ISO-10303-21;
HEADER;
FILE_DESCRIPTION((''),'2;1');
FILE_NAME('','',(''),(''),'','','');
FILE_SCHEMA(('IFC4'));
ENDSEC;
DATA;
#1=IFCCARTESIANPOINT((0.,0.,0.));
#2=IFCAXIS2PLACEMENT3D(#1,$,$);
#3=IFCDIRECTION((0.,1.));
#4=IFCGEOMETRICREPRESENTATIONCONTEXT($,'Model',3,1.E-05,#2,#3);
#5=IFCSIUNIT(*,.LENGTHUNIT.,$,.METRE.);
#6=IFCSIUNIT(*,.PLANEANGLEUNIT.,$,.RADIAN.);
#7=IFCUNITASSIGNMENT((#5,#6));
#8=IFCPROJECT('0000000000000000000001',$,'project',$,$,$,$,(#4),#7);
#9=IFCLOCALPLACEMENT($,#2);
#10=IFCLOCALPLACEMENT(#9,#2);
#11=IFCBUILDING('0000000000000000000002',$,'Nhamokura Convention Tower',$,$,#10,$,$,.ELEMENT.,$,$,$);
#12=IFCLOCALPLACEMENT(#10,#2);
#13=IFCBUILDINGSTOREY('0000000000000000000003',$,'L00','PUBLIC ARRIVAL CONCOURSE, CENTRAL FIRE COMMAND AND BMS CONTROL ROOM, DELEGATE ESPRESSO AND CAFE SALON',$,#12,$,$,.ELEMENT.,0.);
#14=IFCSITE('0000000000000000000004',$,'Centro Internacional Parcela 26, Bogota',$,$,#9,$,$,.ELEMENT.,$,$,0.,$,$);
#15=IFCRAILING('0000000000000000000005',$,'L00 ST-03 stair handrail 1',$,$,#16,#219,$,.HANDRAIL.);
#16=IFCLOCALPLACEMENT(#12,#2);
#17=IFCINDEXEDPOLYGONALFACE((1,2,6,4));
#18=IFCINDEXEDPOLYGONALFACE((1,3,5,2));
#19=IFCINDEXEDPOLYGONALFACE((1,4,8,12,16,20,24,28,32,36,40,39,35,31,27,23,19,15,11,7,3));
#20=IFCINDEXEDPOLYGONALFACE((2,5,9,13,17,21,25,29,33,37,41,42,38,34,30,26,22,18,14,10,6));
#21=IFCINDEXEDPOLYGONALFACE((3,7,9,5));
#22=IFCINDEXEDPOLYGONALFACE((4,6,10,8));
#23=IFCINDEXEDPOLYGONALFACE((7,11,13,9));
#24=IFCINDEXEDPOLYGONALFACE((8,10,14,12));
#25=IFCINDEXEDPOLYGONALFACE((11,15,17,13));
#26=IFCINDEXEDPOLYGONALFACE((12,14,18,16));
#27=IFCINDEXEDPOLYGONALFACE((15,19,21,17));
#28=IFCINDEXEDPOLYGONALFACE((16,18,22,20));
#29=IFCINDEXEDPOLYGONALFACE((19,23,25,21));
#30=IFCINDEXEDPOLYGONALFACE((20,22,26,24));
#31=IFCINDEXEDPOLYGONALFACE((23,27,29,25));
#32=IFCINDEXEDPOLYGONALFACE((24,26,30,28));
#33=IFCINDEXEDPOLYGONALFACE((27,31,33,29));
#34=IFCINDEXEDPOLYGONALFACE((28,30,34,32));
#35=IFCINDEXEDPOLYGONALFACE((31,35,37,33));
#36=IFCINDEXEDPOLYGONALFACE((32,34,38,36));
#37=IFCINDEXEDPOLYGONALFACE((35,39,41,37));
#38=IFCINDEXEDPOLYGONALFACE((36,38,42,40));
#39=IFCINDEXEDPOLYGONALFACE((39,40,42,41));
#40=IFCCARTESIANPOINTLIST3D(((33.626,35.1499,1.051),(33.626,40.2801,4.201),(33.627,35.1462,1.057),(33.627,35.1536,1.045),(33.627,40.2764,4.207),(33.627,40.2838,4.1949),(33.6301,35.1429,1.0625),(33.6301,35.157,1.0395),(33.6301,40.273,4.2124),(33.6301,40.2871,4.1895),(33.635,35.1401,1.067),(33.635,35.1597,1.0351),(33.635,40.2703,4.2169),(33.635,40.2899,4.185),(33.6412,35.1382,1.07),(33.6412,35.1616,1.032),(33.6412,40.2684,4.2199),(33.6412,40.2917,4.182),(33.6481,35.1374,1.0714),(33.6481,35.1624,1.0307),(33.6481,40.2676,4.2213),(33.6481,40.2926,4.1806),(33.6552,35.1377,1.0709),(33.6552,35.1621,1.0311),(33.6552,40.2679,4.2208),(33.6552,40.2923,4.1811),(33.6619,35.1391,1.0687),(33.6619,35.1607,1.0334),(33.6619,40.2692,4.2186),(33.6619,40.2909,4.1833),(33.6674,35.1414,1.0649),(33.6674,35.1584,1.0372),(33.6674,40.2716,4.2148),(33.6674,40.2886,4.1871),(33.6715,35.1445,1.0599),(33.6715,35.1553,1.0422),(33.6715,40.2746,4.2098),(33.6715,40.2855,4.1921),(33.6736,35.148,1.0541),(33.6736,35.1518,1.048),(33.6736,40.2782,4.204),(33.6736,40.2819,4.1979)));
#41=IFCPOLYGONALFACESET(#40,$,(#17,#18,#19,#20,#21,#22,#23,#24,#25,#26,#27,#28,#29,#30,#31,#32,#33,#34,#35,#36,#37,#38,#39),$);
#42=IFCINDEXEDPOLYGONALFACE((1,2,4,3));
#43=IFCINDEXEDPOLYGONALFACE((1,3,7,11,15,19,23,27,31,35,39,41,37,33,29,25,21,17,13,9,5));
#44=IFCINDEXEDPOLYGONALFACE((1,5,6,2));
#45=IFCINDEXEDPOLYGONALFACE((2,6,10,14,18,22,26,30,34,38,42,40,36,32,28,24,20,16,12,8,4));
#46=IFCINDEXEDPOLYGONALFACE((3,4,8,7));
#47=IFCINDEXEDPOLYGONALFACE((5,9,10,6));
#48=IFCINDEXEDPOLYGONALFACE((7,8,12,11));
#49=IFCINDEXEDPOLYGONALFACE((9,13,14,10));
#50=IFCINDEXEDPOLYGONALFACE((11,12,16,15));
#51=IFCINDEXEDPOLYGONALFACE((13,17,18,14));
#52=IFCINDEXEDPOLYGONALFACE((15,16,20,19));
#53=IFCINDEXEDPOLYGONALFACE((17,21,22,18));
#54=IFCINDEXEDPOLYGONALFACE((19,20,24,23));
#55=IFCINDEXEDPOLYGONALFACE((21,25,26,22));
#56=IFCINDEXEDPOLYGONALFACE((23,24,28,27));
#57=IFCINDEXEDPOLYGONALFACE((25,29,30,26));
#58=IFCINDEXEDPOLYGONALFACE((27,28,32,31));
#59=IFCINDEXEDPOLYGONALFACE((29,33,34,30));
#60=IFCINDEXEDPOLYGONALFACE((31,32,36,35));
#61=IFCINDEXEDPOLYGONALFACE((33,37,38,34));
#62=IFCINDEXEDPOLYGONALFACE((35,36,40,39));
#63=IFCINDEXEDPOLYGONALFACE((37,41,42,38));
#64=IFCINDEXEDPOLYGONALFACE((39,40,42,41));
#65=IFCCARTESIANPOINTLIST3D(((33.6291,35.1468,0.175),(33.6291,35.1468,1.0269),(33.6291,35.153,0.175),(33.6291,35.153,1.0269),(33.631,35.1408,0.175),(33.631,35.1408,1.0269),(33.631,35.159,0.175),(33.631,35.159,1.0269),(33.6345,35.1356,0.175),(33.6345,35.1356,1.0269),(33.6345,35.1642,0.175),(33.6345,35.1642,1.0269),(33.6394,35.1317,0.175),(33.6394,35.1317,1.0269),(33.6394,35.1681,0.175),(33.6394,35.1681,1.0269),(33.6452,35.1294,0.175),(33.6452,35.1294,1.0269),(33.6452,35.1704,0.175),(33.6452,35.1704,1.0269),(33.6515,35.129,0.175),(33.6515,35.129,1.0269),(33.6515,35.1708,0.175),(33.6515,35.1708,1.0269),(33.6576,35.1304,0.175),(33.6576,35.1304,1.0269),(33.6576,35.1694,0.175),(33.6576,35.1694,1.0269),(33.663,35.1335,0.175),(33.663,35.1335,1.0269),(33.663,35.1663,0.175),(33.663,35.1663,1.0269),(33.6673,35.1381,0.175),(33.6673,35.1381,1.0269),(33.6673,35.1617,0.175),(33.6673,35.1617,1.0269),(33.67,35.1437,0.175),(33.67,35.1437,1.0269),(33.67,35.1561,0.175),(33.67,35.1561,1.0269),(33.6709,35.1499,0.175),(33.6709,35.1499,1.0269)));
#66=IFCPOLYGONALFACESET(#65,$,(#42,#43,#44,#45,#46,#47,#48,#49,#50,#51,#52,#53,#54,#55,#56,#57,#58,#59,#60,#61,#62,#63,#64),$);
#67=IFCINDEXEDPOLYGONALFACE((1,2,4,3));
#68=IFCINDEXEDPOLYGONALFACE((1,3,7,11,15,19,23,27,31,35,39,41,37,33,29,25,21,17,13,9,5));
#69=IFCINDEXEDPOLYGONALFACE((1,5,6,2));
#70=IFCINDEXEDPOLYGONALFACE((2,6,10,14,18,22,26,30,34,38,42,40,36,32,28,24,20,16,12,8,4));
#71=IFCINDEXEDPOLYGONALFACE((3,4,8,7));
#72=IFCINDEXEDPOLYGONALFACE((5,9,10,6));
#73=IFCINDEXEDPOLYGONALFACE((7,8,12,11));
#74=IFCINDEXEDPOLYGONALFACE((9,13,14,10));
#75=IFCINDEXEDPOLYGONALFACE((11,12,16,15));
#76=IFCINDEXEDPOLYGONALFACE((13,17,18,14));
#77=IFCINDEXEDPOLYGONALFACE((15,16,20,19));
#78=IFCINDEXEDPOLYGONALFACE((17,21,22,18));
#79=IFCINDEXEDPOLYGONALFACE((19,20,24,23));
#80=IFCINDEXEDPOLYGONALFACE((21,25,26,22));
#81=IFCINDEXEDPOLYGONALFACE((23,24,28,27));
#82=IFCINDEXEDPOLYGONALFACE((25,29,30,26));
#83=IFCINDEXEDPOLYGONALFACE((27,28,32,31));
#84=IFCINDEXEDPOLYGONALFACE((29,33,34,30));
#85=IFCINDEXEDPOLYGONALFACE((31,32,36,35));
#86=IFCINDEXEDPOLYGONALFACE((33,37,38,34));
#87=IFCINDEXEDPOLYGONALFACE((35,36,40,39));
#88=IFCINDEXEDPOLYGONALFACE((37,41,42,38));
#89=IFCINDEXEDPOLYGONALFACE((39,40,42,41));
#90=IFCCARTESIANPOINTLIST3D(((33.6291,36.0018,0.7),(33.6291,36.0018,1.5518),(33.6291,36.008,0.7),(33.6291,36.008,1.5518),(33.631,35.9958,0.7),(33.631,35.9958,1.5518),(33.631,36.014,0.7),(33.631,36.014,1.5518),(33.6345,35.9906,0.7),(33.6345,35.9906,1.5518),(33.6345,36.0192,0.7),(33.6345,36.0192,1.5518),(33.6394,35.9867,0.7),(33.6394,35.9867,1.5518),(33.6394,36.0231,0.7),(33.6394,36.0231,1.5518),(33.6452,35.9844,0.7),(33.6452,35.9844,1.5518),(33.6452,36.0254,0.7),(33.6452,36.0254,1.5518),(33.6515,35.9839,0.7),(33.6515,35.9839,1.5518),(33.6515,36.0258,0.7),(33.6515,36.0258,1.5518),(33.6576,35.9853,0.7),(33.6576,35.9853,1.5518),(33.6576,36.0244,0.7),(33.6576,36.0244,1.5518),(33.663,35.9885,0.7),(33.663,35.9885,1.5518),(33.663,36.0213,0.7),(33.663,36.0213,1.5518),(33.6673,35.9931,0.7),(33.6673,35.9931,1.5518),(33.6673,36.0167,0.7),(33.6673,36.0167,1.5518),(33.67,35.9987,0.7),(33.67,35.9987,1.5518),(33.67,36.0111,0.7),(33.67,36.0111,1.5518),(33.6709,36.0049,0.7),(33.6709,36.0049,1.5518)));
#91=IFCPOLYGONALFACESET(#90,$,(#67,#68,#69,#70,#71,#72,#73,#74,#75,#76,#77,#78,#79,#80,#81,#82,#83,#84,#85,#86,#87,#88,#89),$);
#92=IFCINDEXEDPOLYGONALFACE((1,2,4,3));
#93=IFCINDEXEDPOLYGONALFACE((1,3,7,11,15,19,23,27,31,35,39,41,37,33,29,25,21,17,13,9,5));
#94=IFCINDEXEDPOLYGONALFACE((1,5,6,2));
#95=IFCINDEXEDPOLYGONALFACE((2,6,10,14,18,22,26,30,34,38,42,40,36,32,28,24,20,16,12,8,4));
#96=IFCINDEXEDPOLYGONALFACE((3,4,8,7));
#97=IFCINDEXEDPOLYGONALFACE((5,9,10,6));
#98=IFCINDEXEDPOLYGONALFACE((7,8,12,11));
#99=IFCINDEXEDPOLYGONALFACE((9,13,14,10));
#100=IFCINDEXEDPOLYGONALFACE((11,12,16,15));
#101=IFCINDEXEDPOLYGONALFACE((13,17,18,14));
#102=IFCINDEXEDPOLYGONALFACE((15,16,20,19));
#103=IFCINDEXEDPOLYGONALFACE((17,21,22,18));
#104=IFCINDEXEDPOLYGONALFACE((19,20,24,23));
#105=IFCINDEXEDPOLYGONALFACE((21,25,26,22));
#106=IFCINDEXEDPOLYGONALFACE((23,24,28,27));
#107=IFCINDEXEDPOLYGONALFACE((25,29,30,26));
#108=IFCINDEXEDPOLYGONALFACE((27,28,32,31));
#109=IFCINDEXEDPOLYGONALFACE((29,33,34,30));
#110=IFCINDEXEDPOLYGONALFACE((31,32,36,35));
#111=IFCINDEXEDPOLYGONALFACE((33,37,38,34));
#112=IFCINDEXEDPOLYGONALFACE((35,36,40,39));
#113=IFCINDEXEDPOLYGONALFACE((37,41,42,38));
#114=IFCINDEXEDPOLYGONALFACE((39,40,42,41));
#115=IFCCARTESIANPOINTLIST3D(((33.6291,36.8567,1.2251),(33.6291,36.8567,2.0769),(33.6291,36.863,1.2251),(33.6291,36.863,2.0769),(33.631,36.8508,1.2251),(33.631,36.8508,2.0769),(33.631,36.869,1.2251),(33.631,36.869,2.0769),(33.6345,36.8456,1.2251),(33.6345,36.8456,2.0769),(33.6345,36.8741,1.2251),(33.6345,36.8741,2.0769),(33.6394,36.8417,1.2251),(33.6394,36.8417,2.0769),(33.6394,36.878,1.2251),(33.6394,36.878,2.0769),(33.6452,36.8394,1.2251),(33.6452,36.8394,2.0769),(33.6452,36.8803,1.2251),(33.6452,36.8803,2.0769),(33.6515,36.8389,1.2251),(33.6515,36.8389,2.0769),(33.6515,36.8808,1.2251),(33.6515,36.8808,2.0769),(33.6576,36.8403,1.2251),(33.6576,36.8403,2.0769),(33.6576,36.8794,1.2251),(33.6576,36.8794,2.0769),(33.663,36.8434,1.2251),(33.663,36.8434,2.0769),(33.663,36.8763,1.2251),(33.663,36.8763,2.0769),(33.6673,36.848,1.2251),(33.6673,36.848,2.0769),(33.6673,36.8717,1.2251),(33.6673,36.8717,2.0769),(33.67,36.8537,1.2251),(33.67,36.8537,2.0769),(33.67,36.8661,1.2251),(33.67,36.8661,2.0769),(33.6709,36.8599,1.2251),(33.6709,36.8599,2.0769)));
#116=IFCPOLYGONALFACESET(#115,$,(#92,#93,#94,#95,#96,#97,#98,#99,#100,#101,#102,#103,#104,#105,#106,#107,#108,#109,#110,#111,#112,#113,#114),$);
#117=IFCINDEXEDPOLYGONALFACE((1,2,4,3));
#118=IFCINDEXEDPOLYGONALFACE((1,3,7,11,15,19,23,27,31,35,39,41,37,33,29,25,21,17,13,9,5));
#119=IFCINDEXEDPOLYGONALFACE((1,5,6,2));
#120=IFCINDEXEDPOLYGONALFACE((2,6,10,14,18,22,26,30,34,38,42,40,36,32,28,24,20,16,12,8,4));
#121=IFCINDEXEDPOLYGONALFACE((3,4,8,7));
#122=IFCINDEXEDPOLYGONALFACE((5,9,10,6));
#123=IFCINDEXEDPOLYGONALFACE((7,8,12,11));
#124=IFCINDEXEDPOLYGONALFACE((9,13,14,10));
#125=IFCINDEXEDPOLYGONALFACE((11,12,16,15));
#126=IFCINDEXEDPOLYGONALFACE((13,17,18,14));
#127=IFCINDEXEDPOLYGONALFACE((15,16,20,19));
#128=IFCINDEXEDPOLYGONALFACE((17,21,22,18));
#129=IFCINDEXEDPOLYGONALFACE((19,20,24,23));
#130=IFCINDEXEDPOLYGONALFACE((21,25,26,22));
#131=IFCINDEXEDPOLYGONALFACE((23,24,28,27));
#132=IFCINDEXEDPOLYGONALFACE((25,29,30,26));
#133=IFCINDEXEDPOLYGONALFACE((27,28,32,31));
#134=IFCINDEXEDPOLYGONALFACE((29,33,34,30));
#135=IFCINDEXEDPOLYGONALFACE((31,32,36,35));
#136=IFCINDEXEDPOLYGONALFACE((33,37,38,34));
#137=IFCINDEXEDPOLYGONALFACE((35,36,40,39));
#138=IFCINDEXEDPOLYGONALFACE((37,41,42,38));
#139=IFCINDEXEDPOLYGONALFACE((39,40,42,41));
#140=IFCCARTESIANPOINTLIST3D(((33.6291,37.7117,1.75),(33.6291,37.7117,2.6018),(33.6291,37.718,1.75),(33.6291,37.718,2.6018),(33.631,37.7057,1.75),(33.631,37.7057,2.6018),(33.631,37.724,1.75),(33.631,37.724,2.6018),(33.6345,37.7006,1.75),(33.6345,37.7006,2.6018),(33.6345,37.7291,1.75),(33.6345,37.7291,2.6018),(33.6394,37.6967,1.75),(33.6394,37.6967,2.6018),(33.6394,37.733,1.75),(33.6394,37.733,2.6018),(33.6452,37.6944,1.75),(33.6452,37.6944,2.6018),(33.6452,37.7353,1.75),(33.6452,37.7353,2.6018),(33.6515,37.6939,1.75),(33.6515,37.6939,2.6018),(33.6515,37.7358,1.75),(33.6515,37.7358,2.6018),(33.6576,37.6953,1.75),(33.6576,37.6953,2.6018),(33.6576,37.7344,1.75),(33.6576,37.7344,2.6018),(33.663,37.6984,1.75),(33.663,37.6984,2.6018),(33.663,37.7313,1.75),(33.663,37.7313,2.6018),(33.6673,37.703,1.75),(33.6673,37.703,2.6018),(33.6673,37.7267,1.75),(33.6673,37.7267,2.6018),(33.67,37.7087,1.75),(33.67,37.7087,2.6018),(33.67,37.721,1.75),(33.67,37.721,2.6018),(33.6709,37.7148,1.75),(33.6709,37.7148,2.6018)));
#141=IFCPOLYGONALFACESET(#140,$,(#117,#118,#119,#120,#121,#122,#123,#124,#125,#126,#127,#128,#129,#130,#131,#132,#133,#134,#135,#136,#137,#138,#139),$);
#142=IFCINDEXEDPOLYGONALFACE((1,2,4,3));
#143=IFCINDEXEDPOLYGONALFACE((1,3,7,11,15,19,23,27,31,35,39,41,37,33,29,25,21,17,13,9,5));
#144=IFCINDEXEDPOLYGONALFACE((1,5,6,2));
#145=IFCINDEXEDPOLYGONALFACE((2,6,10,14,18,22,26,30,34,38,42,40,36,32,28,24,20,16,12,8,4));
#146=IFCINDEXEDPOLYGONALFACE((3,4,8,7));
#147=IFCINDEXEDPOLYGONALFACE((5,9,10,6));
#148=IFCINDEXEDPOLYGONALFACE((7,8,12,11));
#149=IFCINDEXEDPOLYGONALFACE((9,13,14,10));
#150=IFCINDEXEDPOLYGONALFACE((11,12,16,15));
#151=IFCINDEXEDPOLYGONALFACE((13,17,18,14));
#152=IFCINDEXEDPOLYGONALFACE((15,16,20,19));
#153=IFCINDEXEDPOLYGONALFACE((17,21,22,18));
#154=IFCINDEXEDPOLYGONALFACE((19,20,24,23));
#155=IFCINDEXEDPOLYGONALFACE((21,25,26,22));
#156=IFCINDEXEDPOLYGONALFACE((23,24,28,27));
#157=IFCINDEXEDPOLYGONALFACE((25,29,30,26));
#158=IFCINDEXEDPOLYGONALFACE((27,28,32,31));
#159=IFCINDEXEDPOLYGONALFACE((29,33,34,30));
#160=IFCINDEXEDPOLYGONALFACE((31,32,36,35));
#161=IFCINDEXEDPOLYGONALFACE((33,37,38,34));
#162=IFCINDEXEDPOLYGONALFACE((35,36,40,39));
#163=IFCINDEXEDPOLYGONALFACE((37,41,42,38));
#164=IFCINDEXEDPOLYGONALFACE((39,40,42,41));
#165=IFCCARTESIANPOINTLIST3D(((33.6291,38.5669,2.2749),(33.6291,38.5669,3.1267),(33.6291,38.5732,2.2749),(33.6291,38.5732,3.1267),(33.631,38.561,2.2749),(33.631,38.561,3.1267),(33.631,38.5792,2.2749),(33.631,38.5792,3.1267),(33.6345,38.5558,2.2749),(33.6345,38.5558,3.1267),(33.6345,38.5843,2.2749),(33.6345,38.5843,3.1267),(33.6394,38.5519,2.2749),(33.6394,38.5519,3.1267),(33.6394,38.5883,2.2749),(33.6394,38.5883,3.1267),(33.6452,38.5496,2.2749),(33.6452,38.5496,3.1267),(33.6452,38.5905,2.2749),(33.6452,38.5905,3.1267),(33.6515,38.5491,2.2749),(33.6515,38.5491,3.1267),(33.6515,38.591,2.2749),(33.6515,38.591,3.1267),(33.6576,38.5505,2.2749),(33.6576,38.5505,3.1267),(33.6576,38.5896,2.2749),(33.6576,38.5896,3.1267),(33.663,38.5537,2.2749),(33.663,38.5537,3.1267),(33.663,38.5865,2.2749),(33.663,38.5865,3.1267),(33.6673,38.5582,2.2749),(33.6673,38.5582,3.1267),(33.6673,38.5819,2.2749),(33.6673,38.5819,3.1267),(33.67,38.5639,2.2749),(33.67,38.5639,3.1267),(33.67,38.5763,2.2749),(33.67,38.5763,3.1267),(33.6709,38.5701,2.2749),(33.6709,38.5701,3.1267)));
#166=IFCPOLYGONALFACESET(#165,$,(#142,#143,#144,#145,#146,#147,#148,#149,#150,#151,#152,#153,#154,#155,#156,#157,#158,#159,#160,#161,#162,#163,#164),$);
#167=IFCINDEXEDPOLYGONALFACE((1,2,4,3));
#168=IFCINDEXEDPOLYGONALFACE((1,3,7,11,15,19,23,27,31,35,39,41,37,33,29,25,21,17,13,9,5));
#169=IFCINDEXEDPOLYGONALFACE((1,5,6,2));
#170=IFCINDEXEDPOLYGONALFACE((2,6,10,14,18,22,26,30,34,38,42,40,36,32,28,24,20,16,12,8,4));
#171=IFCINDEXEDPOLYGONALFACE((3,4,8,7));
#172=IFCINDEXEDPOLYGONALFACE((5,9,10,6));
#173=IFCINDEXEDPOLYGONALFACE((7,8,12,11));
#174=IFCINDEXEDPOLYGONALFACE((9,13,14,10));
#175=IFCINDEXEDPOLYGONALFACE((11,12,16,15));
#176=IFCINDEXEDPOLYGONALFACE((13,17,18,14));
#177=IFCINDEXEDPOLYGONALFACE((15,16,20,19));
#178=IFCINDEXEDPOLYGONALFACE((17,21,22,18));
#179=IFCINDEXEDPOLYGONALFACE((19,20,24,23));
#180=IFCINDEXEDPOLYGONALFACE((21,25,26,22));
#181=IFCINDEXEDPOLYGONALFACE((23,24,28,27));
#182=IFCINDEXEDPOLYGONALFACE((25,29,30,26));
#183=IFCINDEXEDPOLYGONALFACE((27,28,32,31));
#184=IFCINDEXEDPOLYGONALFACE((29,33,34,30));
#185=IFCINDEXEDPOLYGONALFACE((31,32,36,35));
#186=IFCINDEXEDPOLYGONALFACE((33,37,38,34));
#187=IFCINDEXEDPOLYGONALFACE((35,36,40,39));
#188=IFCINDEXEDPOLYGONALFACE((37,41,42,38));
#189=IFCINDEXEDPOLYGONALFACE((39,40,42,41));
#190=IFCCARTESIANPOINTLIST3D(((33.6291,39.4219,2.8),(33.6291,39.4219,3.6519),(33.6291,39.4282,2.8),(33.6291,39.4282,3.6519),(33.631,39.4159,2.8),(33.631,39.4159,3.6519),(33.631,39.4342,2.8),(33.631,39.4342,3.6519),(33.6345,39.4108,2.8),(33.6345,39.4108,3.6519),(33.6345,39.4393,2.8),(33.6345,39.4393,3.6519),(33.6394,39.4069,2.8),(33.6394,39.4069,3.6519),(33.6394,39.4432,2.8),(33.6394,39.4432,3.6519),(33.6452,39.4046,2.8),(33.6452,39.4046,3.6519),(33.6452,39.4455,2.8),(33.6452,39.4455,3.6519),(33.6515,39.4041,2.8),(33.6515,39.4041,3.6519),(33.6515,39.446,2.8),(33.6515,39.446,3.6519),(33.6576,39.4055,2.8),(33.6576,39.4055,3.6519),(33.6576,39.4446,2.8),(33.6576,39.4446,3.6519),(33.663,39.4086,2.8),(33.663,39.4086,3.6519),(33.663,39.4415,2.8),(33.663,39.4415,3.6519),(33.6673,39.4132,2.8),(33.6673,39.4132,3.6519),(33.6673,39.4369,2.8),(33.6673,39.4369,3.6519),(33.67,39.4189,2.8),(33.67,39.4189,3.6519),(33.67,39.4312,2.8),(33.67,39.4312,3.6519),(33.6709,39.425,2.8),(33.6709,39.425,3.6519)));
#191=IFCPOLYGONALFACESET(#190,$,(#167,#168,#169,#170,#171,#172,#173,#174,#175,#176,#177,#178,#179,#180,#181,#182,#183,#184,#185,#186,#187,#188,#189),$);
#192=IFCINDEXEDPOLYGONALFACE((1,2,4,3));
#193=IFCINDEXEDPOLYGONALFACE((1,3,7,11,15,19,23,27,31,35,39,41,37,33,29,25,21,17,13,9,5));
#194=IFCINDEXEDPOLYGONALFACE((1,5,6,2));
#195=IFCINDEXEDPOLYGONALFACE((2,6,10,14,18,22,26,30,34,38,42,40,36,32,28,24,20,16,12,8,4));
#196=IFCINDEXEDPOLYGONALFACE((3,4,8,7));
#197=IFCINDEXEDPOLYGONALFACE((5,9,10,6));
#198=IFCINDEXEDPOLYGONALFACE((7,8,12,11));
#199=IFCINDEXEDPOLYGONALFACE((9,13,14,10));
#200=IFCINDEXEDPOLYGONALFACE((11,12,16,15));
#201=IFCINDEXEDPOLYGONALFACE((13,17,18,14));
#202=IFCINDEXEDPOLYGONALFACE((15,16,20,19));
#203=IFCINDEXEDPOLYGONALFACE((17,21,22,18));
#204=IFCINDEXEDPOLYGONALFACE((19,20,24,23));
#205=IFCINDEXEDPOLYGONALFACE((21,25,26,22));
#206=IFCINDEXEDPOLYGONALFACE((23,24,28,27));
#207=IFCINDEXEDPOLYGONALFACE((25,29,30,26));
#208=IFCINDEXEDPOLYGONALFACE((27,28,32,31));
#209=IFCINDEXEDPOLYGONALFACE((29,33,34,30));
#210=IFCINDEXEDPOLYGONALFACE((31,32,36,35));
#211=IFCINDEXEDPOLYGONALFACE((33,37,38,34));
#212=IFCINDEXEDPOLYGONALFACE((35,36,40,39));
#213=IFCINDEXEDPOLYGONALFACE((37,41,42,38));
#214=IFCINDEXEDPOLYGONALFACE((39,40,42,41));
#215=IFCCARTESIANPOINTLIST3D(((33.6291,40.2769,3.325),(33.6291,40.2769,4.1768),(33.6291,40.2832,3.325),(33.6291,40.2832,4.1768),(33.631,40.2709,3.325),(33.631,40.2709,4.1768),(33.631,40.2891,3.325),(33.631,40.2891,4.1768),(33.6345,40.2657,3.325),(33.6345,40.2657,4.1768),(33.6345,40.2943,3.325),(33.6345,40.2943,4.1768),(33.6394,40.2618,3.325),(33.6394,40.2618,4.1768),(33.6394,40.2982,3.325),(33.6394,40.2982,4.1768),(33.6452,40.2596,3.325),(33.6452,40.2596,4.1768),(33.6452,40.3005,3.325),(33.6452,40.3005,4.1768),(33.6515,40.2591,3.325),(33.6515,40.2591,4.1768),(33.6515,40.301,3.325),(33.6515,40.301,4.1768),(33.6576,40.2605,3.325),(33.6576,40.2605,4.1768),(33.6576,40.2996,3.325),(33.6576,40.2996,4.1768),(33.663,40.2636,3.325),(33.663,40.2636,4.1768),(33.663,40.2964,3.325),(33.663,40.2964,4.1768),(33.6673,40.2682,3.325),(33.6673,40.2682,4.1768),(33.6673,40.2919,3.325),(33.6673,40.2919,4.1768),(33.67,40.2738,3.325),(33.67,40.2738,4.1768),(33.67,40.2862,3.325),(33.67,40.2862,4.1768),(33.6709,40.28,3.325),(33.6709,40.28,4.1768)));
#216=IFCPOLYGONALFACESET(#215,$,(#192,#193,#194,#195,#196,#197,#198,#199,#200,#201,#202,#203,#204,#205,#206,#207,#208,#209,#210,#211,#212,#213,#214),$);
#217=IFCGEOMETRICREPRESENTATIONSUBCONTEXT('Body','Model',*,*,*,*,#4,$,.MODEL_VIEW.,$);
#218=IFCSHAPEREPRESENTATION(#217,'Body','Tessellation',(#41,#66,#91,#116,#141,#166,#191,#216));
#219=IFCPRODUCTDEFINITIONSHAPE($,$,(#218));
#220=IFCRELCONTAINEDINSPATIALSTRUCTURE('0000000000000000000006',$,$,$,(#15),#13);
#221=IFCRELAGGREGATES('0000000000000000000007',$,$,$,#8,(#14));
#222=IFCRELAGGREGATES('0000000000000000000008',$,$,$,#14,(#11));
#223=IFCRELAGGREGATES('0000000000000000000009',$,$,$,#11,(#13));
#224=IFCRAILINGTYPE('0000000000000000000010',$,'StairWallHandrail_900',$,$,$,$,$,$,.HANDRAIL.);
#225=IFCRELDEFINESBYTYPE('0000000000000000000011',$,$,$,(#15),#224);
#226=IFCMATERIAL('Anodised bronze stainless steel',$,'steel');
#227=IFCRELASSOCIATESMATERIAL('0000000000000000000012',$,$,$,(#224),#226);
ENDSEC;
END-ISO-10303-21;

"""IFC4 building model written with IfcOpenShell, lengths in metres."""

from ifc_helpers import new_model, si_unit, direction, frame, origin, origin_2d, place, context, subcontext, project, spatial, circle, extrude, material, type_object, element, save


model = new_model("IFC4")

# Units and contexts
model_context = context("Model", 3, precision=1e-05, world=origin(), true_north=direction((0.0, 1.0)))
body_context = subcontext(model_context, "Body", "Model", "MODEL_VIEW")
ifc_project = project(units=[si_unit("LENGTHUNIT", "METRE"), si_unit("PLANEANGLEUNIT", "RADIAN")], contexts=[model_context])

# Site, building, storey
site_placement = place(None, origin())
site = spatial("IfcSite", under=ifc_project, at=site_placement, Name="Centro Internacional Parcela 26, Bogota", CompositionType="ELEMENT", RefElevation=0.0)
building_placement = place(site_placement, origin())
building = spatial("IfcBuilding", under=site, at=building_placement, Name="Nhamokura Convention Tower", CompositionType="ELEMENT")
storey_placement = place(building_placement, origin())
storey = spatial("IfcBuildingStorey", under=building, at=storey_placement, Name="L00", Description="PUBLIC ARRIVAL CONCOURSE, CENTRAL FIRE COMMAND AND BMS CONTROL ROOM, DELEGATE ESPRESSO AND CAFE SALON", CompositionType="ELEMENT", Elevation=0.0)

# Railing
ifc_material_1 = material(Name="Anodised bronze stainless steel", Category="steel")
railing_type_1 = type_object("IfcRailingType", Name="StairWallHandrail_900", PredefinedType="HANDRAIL", material=ifc_material_1)
railing_1_placement = place(storey_placement, frame((33.6499, 35.1499, 0.175)))
element("IfcRailing", 1, at=railing_1_placement, inside=storey, type_object=railing_type_1, Name="L00 ST-03 stair handrail 1", PredefinedType="HANDRAIL", context=body_context, shape_type="SweptSolid", body=[
    extrude(circle(Radius=0.0239, at=origin_2d()), frame((0.0, 0.0, 0.876), z_axis=(0.0, 0.852184, 0.523242), x_axis=(-1.0, 0.0, 0.0)), (0.0, 0.0, 1.0), 6.02),
    extrude(circle(Radius=0.021, at=origin_2d()), origin(), (0.0, 0.0, 1.0), 0.8518),
    extrude(circle(Radius=0.021, at=origin_2d()), frame((0.0, 0.855, 0.5249)), (0.0, 0.0, 1.0), 0.8518),
    extrude(circle(Radius=0.021, at=origin_2d()), frame((0.0, 1.71, 1.05)), (0.0, 0.0, 1.0), 0.8518),
    extrude(circle(Radius=0.021, at=origin_2d()), frame((0.0, 2.5649, 1.575)), (0.0, 0.0, 1.0), 0.8518),
    extrude(circle(Radius=0.021, at=origin_2d()), frame((0.0, 3.4202, 2.0999)), (0.0, 0.0, 1.0), 0.8518),
    extrude(circle(Radius=0.021, at=origin_2d()), frame((0.0, 4.2751, 2.625)), (0.0, 0.0, 1.0), 0.8518),
    extrude(circle(Radius=0.021, at=origin_2d()), frame((0.0, 5.1301, 3.1499)), (0.0, 0.0, 1.0), 0.8518),
])

save(model, "model.ifc")
